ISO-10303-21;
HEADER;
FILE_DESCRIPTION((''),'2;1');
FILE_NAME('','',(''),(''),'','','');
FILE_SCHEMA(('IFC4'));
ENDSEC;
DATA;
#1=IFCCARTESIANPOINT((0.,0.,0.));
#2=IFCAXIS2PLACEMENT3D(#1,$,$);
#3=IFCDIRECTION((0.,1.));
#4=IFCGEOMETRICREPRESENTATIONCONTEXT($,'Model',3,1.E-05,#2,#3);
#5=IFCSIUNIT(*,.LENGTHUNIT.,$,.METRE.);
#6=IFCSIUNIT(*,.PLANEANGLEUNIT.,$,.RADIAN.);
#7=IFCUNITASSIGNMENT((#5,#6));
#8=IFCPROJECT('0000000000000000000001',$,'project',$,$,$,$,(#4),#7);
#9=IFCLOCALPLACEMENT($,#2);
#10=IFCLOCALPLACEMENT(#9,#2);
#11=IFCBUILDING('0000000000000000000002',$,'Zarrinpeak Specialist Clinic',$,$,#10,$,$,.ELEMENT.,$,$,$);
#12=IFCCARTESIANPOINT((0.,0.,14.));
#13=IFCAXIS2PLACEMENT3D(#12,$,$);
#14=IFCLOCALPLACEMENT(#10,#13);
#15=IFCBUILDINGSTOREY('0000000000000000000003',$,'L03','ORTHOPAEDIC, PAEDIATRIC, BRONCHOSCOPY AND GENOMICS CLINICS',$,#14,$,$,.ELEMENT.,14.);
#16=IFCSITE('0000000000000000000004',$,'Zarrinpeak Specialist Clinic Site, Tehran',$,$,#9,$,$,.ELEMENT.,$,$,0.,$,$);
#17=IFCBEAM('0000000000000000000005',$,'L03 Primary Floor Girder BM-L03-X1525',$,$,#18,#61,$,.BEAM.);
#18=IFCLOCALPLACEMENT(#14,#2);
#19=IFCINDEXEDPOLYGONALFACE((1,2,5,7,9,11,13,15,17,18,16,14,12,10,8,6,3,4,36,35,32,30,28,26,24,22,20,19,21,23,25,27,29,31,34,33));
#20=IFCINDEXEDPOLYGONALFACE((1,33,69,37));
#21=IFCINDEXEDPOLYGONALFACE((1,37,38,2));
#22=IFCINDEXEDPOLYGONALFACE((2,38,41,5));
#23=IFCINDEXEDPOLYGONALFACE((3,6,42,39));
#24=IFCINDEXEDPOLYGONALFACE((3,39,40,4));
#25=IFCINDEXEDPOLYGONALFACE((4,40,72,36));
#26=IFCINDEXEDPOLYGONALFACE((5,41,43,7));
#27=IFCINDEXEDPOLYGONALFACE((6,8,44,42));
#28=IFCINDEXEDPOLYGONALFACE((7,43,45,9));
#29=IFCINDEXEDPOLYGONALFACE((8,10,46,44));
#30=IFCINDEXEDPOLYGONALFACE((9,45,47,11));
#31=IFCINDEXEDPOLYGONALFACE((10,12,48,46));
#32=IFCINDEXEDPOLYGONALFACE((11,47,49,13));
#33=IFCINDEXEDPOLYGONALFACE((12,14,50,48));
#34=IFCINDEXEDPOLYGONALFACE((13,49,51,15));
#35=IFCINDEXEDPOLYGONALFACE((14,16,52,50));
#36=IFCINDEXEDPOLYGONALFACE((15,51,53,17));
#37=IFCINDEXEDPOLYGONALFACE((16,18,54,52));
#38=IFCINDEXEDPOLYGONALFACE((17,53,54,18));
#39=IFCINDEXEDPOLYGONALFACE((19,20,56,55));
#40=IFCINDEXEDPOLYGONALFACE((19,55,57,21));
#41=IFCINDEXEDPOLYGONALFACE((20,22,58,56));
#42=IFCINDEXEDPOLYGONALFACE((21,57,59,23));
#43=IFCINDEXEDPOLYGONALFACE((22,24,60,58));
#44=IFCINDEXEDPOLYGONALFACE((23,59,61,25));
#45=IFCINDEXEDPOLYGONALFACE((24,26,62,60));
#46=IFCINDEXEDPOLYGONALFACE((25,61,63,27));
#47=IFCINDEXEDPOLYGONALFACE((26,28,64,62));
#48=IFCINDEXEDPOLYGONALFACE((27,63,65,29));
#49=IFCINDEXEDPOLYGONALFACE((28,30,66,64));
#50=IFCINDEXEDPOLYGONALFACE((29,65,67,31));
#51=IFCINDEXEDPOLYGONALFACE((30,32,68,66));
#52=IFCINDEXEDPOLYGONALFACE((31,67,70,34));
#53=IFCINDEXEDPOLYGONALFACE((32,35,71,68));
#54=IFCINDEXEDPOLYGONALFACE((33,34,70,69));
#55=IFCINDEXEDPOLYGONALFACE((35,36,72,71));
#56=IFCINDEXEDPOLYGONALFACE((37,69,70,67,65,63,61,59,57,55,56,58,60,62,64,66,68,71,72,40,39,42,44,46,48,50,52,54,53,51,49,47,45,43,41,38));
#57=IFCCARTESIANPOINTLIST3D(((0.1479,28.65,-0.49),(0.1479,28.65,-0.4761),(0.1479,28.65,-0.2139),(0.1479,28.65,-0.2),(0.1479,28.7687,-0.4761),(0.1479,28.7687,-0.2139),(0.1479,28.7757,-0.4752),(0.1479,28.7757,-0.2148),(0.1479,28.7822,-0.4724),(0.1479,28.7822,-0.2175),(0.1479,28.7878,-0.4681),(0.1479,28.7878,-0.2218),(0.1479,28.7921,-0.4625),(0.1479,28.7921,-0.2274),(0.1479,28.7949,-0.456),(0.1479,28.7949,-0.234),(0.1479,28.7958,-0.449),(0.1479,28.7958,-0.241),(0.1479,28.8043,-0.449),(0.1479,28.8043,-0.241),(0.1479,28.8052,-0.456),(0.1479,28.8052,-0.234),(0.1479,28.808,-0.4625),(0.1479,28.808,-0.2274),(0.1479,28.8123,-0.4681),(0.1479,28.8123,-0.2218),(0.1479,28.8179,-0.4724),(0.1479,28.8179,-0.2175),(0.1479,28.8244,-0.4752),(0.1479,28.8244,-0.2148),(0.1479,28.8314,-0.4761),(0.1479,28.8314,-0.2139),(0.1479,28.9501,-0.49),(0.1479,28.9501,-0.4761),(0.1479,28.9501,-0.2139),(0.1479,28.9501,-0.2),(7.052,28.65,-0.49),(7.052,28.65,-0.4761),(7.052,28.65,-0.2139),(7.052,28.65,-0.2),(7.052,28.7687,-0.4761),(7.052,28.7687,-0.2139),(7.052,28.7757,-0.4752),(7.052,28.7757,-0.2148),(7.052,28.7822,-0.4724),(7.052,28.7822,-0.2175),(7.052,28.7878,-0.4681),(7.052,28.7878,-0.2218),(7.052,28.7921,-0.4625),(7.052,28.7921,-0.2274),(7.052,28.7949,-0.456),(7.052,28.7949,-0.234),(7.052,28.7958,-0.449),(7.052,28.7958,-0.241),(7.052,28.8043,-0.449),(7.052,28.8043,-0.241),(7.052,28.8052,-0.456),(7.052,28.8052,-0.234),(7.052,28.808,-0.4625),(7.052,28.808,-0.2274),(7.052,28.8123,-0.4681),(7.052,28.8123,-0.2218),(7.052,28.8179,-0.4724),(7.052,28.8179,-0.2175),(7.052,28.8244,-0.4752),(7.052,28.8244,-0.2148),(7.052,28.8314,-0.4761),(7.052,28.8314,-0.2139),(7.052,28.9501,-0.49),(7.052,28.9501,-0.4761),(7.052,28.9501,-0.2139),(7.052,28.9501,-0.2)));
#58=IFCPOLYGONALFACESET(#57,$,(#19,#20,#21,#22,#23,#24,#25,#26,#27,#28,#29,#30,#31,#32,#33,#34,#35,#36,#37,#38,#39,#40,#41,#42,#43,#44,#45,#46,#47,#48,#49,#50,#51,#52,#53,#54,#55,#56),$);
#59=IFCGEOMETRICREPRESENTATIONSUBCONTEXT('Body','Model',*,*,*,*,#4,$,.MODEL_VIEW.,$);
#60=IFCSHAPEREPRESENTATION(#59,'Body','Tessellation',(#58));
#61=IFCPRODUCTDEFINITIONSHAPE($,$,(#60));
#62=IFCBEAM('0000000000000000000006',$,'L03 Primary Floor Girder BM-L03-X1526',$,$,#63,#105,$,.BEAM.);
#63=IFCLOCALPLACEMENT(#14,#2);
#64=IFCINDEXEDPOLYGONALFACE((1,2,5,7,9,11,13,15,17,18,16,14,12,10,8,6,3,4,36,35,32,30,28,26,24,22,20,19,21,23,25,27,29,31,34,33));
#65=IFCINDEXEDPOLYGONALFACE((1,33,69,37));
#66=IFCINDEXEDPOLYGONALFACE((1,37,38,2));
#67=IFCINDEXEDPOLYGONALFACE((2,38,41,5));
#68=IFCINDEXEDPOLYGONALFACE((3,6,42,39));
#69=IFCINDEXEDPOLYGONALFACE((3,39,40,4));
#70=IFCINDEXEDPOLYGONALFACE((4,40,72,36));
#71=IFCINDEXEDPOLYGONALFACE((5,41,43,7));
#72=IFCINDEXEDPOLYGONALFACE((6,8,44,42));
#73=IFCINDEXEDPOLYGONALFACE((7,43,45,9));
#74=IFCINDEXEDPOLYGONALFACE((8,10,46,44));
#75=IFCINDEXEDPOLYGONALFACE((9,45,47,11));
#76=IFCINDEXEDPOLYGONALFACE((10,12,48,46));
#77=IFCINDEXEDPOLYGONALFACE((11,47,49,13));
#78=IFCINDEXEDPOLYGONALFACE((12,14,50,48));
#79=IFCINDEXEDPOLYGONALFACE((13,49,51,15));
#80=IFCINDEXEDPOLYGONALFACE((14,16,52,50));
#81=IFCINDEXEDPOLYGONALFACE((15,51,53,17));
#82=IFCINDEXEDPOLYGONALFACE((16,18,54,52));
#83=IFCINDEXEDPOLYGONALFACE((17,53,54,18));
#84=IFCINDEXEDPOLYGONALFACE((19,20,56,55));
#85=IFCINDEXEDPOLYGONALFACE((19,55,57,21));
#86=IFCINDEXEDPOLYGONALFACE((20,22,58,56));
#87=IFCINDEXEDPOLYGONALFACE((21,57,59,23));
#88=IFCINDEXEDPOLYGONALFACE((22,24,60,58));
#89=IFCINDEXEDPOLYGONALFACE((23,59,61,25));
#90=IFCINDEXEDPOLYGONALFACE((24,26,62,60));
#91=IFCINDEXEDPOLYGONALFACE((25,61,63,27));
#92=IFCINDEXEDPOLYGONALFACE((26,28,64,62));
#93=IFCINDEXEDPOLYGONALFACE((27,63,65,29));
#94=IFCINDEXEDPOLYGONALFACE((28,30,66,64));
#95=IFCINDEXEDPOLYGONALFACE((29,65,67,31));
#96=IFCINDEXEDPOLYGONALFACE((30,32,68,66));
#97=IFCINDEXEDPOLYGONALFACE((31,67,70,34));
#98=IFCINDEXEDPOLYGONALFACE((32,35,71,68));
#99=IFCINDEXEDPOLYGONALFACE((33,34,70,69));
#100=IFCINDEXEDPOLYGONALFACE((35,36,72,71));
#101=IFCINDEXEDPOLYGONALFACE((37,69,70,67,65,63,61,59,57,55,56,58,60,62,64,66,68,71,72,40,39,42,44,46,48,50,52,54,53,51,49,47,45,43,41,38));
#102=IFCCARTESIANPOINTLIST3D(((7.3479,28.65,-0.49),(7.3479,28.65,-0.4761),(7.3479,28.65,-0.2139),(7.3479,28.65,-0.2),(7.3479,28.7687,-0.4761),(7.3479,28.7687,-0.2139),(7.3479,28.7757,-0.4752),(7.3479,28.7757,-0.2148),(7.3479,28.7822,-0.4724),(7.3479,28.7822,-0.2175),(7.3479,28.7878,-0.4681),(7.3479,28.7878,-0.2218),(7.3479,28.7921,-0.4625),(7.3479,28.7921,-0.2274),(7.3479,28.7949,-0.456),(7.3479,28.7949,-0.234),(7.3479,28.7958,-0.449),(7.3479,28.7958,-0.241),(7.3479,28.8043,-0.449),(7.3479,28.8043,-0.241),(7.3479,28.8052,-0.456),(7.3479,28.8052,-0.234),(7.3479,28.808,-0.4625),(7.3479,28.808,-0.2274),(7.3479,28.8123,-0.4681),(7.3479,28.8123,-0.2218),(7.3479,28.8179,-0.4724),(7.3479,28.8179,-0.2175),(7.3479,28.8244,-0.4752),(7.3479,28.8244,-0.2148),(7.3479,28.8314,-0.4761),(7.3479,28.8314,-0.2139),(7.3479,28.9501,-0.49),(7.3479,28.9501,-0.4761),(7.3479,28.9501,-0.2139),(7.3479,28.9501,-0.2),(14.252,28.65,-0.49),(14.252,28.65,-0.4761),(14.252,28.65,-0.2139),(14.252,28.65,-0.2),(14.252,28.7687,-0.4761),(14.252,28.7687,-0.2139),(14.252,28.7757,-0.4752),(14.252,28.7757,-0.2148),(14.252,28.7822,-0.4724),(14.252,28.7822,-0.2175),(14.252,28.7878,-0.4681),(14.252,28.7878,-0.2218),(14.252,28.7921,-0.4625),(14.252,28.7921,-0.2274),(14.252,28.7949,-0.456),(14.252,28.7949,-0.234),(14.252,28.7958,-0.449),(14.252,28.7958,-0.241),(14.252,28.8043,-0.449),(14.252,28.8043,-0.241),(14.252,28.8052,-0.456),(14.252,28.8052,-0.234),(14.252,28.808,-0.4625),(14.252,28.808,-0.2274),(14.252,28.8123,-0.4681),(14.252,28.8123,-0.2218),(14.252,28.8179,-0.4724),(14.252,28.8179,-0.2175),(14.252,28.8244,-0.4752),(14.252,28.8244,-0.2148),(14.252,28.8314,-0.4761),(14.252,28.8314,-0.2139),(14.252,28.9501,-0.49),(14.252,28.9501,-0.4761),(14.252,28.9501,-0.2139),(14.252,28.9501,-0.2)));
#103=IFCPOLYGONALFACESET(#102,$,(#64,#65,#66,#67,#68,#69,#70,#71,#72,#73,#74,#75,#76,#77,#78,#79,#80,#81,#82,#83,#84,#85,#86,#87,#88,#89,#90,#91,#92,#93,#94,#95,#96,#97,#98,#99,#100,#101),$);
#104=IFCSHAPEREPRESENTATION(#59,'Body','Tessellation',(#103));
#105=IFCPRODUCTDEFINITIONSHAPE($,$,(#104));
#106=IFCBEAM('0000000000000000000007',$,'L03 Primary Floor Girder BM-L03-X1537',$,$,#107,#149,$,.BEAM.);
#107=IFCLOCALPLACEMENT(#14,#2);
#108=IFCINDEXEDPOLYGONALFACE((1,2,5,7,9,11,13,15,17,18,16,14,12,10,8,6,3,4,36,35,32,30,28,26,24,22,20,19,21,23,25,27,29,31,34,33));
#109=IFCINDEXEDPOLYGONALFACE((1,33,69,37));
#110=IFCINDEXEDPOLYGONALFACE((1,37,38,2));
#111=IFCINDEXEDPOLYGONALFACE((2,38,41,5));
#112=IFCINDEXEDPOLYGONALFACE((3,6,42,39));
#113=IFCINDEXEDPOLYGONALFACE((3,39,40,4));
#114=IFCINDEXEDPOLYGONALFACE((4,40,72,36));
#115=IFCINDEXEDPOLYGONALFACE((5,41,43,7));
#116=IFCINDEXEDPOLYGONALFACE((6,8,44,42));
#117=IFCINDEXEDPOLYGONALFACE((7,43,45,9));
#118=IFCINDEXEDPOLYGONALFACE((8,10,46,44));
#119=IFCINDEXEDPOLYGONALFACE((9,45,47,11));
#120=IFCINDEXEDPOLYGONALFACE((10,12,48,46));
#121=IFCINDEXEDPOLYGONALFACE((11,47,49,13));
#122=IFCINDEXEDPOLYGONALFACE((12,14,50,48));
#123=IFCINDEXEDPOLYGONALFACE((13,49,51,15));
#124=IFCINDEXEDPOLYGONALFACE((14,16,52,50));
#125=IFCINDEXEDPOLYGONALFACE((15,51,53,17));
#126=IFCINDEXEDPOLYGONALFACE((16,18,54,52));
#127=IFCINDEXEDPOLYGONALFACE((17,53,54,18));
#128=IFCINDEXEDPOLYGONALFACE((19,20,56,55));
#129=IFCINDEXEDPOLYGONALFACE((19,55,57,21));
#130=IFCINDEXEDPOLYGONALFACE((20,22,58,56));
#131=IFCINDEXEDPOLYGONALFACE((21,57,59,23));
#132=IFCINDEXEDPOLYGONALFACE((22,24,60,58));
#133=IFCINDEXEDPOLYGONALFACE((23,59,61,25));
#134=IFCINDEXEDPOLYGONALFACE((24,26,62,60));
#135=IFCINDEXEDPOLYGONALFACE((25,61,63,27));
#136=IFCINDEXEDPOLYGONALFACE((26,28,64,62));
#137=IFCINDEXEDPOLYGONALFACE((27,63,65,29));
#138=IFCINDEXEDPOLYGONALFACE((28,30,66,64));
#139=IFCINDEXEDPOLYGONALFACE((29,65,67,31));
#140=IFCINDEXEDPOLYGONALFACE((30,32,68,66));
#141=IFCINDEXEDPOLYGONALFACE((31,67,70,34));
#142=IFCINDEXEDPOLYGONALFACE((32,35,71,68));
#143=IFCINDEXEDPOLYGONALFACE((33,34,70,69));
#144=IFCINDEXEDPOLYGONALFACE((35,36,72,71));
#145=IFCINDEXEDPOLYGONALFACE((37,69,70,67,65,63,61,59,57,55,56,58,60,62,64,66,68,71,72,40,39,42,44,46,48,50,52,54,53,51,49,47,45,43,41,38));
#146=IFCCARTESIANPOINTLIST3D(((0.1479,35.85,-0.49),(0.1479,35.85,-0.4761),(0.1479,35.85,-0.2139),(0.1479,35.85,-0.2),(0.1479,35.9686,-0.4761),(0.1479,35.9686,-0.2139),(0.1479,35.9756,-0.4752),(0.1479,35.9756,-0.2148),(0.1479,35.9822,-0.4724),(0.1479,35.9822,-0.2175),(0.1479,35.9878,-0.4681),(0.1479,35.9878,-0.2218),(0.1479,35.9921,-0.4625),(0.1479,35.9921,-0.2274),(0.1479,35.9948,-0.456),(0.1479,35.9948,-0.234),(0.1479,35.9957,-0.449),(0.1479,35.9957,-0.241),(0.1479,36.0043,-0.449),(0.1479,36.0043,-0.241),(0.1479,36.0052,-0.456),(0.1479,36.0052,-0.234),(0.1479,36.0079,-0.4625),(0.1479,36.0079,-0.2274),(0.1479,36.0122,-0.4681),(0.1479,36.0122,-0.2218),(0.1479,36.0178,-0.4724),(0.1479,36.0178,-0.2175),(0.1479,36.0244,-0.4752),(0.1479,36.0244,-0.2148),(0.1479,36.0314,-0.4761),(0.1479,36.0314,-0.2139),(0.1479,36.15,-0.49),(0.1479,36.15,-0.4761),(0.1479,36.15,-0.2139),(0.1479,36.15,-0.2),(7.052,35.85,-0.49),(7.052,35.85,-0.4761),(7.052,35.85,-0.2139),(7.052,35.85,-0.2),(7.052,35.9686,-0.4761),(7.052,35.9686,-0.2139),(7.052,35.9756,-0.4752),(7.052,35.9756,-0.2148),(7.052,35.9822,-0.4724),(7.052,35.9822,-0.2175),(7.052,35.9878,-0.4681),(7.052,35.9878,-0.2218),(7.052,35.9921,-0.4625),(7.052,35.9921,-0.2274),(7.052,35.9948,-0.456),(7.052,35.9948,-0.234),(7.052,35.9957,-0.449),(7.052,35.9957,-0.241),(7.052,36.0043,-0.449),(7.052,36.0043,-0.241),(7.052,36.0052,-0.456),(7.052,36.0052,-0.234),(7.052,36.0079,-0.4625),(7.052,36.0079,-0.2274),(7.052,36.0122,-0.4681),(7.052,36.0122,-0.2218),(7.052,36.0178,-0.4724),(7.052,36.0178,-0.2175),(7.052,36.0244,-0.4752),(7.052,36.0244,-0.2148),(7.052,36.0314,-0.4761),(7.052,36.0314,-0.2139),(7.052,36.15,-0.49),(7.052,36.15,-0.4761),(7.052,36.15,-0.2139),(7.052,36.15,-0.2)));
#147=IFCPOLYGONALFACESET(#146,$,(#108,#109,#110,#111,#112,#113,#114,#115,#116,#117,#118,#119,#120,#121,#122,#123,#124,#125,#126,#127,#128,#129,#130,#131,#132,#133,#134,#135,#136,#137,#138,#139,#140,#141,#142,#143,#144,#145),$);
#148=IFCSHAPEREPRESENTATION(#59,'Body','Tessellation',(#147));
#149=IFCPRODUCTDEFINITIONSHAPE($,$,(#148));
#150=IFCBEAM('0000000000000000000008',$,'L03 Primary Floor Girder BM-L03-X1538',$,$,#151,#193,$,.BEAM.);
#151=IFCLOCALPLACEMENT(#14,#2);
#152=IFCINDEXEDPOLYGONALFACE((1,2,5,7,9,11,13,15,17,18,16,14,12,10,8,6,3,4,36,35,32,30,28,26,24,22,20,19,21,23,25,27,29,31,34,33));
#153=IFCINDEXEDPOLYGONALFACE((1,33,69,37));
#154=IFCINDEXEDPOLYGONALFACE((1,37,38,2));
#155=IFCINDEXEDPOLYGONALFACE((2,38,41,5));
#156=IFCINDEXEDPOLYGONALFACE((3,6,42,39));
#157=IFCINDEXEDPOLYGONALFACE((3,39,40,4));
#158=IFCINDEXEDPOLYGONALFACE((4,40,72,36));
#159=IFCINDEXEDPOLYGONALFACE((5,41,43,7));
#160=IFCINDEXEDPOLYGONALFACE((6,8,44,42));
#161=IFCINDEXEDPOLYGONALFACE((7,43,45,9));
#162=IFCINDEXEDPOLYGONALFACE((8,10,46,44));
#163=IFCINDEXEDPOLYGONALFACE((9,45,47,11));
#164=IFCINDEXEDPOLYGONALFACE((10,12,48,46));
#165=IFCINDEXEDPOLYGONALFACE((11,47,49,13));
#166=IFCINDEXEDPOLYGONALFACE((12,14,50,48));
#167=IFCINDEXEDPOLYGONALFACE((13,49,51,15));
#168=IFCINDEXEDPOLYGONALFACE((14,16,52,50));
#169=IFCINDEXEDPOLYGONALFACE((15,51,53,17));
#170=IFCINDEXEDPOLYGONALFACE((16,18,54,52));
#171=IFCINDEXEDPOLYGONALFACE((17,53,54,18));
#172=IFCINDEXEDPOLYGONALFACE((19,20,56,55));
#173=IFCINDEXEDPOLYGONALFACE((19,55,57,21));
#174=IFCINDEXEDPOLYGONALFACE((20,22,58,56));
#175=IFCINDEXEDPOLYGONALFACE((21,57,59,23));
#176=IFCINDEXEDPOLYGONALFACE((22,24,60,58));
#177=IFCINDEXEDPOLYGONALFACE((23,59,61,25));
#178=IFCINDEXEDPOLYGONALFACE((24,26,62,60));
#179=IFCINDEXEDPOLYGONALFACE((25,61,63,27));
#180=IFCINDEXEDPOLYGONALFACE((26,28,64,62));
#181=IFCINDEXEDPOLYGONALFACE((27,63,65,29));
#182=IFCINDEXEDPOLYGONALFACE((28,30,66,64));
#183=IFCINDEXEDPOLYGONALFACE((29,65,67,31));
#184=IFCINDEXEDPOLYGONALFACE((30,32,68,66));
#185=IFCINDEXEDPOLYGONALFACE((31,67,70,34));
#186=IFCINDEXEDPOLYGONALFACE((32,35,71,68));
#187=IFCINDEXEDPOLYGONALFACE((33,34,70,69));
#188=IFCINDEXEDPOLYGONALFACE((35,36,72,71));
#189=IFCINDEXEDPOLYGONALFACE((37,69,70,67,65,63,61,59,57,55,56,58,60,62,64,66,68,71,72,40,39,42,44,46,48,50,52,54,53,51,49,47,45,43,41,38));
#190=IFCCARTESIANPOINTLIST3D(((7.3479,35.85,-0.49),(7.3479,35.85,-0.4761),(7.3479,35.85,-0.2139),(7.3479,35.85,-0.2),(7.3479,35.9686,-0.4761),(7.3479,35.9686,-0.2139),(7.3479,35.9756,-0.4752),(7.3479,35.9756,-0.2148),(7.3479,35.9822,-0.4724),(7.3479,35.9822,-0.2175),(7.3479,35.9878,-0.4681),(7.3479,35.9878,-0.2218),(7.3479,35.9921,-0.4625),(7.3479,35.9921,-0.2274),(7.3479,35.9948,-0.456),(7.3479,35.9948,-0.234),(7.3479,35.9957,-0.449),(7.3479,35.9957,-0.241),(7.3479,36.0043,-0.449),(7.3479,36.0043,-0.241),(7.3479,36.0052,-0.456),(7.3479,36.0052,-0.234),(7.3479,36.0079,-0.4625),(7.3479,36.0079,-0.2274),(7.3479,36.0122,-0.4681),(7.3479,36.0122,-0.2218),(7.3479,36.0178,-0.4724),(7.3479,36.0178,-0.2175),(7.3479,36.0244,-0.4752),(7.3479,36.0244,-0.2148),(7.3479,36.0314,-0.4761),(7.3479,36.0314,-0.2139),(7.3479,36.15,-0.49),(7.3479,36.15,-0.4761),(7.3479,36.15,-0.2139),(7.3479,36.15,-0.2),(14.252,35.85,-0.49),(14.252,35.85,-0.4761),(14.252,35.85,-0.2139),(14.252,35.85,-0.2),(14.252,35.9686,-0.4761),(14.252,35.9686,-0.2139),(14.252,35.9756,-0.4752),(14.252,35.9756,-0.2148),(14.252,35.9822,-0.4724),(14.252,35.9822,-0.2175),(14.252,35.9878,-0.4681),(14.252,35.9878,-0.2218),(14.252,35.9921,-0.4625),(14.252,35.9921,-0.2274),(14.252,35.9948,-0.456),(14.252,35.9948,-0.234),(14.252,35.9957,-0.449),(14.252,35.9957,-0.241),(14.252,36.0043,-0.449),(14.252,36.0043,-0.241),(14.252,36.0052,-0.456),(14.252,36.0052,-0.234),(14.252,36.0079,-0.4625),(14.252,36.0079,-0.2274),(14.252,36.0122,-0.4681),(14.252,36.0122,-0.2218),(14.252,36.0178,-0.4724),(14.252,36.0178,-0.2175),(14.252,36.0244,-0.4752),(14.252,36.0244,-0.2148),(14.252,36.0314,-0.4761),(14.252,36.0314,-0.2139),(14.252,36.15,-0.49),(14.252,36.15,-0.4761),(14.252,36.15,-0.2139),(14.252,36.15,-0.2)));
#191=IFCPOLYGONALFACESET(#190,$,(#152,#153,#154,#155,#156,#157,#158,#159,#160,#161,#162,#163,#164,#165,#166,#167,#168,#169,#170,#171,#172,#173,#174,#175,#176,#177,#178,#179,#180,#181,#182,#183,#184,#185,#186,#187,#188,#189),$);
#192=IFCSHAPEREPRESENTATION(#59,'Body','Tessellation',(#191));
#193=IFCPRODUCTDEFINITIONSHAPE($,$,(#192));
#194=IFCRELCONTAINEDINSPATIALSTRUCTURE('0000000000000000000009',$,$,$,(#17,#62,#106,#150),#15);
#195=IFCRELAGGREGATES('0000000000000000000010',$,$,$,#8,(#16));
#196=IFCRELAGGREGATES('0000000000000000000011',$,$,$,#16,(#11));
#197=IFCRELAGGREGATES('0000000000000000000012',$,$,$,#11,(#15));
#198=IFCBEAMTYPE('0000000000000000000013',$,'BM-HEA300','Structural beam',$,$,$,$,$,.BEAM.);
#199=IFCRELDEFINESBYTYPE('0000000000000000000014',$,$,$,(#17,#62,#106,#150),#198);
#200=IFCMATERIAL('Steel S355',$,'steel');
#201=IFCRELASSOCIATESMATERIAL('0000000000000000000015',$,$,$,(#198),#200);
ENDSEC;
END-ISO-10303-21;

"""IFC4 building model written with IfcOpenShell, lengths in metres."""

from ifc_helpers import new_model, si_unit, direction, frame, origin, origin_2d, place, context, subcontext, project, spatial, i_section, extrude, material, material_profile, profile_set, type_object, element, save


model = new_model("IFC4")

# Units and contexts
model_context = context("Model", 3, precision=1e-05, world=origin(), true_north=direction((0.0, 1.0)))
body_context = subcontext(model_context, "Body", "Model", "MODEL_VIEW")
ifc_project = project(units=[si_unit("LENGTHUNIT", "METRE"), si_unit("PLANEANGLEUNIT", "RADIAN")], contexts=[model_context])

# Site, building, storey
site_placement = place(None, origin())
site = spatial("IfcSite", under=ifc_project, at=site_placement, Name="Zarrinpeak Specialist Clinic Site, Tehran", CompositionType="ELEMENT", RefElevation=0.0)
building_placement = place(site_placement, origin())
building = spatial("IfcBuilding", under=site, at=building_placement, Name="Zarrinpeak Specialist Clinic", CompositionType="ELEMENT")
storey_placement = place(building_placement, frame((0.0, 0.0, 14.0)))
storey = spatial("IfcBuildingStorey", under=building, at=storey_placement, Name="L03", Description="ORTHOPAEDIC, PAEDIATRIC, BRONCHOSCOPY AND GENOMICS CLINICS", CompositionType="ELEMENT", Elevation=14.0)

# Shared definitions
ifc_material_1 = material(Name="Steel S355", Category="steel")

# Beams
ifc_material_profile_1 = material_profile(ifc_material_1, i_section(OverallWidth=0.3, OverallDepth=0.29, WebThickness=0.0085, FlangeThickness=0.0139, FilletRadius=0.0271, at=origin_2d()), Name="HEA 300")
ifc_profile_set_1 = profile_set([ifc_material_profile_1], Name="Steel S355")
beam_type_1 = type_object("IfcBeamType", Name="BM-HEA300", Description="Structural beam", PredefinedType="BEAM", material=ifc_profile_set_1)
for number, where, z_axis, x_axis, name in (
    (1, (0.1479, 28.8, -0.345), (1.0, 0.0, 0.0), (0.0, 1.0, 0.0), "L03 Primary Floor Girder BM-L03-X1525"),
    (2, (7.3479, 28.8, -0.345), (1.0, 0.0, 0.0), (0.0, 1.0, 0.0), "L03 Primary Floor Girder BM-L03-X1526"),
    (3, (0.1479, 36.0, -0.345), (1.0, 0.0, 0.0), (0.0, 1.0, 0.0), "L03 Primary Floor Girder BM-L03-X1537"),
    (4, (7.3479, 36.0, -0.345), (1.0, 0.0, 0.0), (0.0, 1.0, 0.0), "L03 Primary Floor Girder BM-L03-X1538"),
):
    element("IfcBeam", number, at=place(storey_placement, frame(where, z_axis=z_axis, x_axis=x_axis)), inside=storey, type_object=beam_type_1, Name=name, PredefinedType="BEAM", context=body_context, shape_type="SweptSolid", body=[
        extrude(i_section(OverallWidth=0.3, OverallDepth=0.29, WebThickness=0.0085, FlangeThickness=0.0139, FilletRadius=0.0271, at=origin_2d()), origin(), (0.0, 0.0, 1.0), 6.9041),
    ])

save(model, "model.ifc")
